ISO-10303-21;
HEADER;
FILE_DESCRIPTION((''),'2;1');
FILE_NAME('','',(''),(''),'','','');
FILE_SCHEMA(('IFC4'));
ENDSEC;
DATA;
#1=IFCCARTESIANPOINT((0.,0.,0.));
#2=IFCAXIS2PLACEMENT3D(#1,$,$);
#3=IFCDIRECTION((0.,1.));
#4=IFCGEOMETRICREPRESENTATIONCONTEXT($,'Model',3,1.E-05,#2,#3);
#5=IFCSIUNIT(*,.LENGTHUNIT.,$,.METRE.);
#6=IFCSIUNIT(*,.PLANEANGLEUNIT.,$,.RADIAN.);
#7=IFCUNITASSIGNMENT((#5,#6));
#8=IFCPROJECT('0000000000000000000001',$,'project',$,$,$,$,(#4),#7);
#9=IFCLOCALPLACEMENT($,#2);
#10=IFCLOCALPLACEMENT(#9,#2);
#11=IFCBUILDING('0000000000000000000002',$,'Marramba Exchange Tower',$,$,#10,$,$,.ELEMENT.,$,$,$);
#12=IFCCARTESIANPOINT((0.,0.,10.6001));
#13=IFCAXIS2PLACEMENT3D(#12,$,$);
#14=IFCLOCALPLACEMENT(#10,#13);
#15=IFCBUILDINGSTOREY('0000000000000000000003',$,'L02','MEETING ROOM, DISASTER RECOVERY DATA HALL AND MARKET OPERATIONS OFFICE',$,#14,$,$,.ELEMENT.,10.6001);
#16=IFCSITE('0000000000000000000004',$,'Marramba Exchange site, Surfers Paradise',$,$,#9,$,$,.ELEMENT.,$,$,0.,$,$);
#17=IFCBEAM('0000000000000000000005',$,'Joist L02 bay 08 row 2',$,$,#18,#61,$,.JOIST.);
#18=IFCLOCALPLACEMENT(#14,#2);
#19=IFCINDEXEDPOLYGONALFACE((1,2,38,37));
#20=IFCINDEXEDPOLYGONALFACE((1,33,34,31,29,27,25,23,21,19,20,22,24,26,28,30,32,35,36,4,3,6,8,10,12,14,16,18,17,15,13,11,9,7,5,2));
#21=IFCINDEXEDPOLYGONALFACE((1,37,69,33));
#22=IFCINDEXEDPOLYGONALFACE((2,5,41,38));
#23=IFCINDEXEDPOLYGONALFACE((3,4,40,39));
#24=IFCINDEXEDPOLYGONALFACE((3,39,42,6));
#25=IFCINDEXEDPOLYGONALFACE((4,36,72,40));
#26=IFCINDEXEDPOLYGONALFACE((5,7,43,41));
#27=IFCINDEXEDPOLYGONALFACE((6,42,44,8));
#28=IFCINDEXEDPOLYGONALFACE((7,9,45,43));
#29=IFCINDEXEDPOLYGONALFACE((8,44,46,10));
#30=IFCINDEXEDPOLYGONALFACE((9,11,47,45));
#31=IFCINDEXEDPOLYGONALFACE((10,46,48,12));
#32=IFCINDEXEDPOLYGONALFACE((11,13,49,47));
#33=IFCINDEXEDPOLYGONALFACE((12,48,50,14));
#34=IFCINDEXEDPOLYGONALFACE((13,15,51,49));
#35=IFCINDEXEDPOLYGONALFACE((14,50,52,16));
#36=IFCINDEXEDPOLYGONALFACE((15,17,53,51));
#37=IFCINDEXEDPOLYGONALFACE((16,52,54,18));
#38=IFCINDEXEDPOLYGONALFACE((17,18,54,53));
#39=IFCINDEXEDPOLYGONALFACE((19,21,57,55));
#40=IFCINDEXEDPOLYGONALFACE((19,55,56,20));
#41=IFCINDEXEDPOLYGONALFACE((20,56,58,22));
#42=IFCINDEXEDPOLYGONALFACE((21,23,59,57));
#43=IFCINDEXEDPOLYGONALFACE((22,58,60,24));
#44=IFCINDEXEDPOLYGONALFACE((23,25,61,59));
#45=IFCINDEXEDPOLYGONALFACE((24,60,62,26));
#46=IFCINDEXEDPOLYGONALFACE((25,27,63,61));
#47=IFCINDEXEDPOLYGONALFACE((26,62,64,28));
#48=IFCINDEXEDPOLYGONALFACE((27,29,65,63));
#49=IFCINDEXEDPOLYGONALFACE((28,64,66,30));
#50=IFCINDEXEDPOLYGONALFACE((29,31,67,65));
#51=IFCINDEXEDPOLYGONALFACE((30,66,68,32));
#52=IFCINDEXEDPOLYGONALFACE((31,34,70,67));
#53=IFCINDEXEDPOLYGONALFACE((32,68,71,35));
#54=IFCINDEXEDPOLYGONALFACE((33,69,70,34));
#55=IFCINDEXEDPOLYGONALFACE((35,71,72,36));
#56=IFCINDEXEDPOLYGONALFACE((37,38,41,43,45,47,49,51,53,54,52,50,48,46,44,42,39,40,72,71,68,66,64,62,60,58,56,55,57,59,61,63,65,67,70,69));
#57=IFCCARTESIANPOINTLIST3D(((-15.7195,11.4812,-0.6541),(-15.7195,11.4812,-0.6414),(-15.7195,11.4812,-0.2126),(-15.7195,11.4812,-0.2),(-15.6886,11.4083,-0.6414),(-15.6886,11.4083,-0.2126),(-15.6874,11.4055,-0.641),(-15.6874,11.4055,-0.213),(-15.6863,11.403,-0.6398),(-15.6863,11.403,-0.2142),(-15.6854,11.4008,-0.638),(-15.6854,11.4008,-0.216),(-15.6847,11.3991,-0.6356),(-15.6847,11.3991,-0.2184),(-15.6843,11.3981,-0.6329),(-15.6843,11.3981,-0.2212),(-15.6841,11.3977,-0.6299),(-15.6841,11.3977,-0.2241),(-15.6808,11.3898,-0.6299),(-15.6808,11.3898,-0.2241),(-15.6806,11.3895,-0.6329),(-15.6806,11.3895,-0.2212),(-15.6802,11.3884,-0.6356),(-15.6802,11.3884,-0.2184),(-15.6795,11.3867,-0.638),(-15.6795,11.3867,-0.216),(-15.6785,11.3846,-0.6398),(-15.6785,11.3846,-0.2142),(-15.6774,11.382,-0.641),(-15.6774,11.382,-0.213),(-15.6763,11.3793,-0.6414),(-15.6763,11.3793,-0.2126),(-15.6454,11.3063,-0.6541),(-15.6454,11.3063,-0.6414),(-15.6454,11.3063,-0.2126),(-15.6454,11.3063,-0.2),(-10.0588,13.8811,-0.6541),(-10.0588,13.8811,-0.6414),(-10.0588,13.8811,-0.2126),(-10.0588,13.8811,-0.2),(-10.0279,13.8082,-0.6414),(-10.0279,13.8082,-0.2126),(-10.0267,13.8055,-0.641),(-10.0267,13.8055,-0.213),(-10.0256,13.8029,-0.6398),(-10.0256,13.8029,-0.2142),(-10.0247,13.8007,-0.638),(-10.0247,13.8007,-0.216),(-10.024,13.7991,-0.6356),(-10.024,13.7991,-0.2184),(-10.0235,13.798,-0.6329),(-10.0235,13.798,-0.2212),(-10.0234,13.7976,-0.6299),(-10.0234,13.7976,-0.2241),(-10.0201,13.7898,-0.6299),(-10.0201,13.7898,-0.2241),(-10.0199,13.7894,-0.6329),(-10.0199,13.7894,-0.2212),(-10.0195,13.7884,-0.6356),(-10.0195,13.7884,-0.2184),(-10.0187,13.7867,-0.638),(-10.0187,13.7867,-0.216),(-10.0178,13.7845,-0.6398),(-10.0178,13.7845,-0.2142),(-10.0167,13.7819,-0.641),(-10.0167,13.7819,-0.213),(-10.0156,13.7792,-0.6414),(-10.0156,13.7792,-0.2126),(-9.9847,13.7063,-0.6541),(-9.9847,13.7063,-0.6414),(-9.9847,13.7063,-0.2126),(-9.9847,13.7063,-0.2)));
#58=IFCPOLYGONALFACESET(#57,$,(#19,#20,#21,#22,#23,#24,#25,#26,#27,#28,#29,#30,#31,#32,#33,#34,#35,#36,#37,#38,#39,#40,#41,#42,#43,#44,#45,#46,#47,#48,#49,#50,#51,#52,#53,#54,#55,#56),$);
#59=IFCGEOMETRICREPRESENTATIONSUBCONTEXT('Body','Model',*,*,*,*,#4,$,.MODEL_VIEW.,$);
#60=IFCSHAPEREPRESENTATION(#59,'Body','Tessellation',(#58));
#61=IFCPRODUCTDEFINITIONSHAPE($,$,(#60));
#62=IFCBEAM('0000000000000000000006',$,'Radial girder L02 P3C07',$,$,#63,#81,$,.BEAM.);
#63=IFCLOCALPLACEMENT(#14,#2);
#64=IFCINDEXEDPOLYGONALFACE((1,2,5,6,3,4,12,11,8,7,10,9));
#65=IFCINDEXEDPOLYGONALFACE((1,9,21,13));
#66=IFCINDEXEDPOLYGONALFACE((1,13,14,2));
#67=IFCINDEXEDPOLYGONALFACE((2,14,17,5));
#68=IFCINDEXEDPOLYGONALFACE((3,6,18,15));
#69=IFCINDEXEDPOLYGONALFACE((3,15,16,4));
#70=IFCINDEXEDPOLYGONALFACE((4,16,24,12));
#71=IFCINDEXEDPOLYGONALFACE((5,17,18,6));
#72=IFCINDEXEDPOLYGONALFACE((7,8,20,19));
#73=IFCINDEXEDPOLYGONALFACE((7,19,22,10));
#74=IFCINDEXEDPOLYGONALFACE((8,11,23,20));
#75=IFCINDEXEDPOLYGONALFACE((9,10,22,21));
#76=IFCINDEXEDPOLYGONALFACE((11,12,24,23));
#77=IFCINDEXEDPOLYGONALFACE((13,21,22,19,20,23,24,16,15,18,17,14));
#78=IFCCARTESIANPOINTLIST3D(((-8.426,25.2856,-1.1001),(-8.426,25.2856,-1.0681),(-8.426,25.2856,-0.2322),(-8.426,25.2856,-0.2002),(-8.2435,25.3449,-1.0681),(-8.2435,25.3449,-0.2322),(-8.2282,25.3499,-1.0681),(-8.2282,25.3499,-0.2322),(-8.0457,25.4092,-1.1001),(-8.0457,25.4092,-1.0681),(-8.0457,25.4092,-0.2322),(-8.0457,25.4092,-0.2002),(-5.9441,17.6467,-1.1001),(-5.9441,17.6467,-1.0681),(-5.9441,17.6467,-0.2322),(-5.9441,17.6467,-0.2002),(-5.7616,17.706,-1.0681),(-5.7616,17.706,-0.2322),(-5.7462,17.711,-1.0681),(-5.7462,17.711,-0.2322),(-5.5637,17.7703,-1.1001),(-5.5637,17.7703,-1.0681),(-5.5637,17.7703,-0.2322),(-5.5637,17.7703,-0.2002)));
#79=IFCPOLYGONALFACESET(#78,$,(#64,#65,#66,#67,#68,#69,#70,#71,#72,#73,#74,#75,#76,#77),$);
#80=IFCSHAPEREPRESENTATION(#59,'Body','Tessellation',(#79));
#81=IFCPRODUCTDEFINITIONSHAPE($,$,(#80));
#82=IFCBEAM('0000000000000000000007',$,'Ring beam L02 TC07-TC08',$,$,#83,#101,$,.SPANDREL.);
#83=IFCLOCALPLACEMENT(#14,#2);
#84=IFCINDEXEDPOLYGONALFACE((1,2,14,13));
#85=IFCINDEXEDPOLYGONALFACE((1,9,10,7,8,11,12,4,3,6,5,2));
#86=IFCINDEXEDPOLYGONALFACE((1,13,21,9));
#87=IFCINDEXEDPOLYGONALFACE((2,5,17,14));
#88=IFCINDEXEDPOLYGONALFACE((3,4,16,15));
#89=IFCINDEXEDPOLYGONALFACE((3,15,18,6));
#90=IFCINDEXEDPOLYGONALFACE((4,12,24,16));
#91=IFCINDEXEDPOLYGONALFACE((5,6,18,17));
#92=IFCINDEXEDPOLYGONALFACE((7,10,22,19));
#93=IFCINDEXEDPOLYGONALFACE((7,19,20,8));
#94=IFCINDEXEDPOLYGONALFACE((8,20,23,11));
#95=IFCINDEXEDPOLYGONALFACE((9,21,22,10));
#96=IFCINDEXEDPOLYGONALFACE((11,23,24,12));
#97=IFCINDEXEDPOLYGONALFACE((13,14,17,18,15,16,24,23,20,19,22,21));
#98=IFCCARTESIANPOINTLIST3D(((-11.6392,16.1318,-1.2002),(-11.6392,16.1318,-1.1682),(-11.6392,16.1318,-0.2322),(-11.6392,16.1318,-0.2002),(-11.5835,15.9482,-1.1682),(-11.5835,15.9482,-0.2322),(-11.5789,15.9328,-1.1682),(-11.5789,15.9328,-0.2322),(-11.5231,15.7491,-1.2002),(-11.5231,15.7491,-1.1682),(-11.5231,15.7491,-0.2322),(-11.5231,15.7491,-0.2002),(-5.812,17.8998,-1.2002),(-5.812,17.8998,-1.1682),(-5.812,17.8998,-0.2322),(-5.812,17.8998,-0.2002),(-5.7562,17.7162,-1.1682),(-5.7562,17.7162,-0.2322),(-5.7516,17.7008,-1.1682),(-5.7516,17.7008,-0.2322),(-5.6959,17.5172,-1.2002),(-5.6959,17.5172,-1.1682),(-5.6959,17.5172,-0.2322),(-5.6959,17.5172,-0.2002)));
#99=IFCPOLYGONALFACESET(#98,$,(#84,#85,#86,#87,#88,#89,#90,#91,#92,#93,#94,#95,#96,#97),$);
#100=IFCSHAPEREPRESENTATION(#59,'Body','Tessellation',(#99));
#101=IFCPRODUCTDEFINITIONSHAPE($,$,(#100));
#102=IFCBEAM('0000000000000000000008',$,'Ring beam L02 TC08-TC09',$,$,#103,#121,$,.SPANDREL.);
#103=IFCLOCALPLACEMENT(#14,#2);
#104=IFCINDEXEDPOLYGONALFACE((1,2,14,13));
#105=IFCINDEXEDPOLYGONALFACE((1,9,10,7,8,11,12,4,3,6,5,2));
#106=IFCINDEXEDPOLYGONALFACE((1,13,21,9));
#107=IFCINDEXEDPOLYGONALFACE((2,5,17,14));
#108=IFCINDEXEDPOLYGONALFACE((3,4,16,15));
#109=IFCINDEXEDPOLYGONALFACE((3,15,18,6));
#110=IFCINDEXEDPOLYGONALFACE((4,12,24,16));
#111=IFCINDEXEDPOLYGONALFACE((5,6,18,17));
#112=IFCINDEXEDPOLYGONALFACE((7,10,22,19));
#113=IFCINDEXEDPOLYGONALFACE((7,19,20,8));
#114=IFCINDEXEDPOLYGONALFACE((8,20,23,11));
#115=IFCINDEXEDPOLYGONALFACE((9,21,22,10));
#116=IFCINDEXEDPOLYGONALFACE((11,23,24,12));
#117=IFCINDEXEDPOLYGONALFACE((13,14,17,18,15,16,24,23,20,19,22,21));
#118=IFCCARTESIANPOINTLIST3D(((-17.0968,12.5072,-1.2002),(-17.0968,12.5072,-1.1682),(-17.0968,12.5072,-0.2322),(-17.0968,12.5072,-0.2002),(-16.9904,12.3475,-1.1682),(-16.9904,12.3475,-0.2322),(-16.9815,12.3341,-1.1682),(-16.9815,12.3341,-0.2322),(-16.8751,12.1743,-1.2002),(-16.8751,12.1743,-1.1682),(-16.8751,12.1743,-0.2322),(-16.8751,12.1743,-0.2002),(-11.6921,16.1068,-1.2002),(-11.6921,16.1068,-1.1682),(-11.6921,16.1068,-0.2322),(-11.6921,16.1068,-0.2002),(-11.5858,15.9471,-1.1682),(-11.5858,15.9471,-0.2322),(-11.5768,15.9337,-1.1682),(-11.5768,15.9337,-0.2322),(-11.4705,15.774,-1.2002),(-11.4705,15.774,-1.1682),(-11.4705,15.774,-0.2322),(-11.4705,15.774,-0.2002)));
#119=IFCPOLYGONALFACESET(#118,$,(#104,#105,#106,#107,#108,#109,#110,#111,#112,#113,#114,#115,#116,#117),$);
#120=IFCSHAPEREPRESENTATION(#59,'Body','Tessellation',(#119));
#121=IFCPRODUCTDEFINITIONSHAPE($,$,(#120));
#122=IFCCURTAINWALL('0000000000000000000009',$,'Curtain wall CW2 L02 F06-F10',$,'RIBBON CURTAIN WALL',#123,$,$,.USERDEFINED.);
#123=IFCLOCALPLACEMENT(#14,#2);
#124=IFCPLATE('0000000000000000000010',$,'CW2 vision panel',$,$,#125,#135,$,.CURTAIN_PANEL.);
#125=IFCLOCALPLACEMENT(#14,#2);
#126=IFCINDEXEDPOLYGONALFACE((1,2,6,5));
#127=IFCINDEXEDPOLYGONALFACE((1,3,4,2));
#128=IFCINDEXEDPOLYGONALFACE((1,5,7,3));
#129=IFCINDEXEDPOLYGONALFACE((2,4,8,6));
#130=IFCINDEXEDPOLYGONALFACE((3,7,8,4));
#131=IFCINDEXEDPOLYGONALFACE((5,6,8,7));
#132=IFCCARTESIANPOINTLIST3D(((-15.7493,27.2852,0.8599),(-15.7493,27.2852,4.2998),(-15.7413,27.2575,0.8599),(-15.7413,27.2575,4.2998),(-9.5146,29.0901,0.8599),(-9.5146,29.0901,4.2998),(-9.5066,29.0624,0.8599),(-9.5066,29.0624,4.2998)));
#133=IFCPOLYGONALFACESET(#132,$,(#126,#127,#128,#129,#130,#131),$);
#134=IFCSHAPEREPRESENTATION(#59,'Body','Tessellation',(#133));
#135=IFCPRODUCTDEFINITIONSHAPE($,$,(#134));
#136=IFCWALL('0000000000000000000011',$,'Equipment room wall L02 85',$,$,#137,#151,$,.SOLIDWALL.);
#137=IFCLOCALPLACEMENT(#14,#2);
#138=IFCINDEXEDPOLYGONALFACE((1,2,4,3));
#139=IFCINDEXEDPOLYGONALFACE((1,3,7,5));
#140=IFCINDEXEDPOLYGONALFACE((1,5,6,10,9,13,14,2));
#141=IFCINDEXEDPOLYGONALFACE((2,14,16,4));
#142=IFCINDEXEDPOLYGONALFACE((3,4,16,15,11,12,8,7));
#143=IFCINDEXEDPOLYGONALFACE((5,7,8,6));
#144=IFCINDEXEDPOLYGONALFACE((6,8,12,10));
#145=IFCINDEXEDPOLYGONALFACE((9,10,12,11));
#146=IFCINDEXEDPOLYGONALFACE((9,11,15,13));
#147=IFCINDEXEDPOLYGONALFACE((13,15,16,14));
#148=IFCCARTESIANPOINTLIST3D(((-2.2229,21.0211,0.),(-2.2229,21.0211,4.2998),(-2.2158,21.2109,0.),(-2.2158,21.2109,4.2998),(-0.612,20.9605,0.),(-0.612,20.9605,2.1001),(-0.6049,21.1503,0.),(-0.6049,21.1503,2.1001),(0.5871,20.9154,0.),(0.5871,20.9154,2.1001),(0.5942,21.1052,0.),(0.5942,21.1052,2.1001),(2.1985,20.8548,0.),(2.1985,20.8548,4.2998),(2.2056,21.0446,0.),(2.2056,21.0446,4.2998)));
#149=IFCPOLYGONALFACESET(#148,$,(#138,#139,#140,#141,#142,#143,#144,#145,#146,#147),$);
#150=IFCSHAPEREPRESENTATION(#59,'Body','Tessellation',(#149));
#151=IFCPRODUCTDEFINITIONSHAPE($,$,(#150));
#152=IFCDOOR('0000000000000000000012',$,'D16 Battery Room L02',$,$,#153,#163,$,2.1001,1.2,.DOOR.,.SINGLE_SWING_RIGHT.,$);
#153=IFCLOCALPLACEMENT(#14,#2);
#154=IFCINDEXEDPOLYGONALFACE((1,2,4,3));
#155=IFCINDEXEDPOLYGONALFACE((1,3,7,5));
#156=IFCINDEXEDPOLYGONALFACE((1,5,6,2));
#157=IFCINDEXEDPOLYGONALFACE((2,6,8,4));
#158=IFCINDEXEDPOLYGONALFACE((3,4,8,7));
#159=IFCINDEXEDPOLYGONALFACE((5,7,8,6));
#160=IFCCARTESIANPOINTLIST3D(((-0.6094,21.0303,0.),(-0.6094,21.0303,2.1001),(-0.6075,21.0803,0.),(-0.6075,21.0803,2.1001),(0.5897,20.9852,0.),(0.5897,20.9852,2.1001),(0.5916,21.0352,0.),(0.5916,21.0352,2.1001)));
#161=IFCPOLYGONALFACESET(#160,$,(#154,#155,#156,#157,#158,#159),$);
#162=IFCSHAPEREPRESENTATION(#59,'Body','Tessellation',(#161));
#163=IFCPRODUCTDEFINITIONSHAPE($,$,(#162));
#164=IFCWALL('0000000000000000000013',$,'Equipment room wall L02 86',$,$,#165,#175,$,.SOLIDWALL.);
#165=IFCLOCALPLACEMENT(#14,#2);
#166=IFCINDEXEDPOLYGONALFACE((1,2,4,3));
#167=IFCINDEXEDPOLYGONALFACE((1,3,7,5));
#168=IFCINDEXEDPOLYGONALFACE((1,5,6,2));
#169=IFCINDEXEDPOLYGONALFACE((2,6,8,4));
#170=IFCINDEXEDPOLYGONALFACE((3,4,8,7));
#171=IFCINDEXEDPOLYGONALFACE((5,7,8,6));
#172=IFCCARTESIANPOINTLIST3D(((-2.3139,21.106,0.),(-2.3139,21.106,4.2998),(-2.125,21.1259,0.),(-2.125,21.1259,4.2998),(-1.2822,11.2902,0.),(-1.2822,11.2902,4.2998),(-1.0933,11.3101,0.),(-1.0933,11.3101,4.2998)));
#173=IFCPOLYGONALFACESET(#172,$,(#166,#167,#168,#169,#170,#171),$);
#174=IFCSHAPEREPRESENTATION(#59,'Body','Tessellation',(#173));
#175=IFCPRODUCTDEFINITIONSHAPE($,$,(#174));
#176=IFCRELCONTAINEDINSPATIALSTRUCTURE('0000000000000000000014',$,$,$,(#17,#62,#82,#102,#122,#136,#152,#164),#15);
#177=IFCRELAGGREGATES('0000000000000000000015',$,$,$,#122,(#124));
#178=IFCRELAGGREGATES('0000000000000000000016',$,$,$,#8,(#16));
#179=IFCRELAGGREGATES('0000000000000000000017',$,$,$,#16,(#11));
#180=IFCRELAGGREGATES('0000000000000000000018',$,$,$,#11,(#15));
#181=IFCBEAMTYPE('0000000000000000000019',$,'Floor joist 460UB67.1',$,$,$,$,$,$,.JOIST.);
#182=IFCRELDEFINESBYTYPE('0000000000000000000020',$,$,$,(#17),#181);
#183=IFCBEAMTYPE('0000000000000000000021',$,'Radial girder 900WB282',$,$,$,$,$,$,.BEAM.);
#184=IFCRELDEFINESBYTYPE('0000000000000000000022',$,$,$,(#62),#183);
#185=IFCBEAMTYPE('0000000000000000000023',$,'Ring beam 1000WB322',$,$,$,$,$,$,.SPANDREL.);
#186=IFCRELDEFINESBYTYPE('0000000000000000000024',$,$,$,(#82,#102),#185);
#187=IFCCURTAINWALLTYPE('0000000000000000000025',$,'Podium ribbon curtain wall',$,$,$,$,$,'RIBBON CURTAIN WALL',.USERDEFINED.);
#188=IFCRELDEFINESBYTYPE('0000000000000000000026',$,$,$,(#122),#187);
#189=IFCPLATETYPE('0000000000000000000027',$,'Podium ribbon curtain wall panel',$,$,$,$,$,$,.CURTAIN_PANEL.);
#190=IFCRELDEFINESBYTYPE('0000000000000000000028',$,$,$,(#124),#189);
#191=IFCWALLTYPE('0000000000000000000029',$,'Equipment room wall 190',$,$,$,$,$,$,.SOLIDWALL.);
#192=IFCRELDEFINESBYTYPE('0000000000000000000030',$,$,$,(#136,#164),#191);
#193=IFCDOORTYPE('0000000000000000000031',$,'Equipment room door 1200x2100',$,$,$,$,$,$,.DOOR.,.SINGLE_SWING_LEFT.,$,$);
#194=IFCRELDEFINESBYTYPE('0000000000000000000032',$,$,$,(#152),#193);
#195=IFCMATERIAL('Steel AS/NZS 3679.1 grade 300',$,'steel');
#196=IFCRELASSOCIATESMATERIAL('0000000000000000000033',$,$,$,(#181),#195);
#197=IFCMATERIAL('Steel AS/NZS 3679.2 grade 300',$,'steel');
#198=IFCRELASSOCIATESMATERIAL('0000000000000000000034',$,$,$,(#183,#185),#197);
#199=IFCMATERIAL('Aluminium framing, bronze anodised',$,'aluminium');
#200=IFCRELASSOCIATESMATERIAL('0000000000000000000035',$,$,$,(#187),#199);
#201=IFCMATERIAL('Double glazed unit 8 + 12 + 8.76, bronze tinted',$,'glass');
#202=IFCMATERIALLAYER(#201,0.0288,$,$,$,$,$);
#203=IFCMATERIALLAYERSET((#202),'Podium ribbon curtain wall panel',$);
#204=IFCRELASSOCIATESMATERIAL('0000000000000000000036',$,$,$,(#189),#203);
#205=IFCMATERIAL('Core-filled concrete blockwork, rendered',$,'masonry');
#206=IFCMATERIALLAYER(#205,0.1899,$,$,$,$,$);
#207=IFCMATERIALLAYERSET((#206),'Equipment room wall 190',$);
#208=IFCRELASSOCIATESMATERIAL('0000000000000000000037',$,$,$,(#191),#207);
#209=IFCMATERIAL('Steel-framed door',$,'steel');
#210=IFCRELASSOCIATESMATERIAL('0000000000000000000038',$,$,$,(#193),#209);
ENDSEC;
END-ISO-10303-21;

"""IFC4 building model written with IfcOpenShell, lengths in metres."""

from ifc_helpers import new_model, si_unit, direction, frame, frame_2d, origin, origin_2d, place, context, subcontext, project, spatial, rectangle, i_section, extrude, material, layer, layer_set, material_profile, profile_set, type_object, element, fill, aggregate, save


model = new_model("IFC4")

# Units and contexts
model_context = context("Model", 3, precision=1e-05, world=origin(), true_north=direction((0.0, 1.0)))
body_context = subcontext(model_context, "Body", "Model", "MODEL_VIEW")
ifc_project = project(units=[si_unit("LENGTHUNIT", "METRE"), si_unit("PLANEANGLEUNIT", "RADIAN")], contexts=[model_context])

# Site, building, storey
site_placement = place(None, origin())
site = spatial("IfcSite", under=ifc_project, at=site_placement, Name="Marramba Exchange site, Surfers Paradise", CompositionType="ELEMENT", RefElevation=0.0)
building_placement = place(site_placement, origin())
building = spatial("IfcBuilding", under=site, at=building_placement, Name="Marramba Exchange Tower", CompositionType="ELEMENT")
storey_placement = place(building_placement, frame((0.0, 0.0, 10.6001)))
storey = spatial("IfcBuildingStorey", under=building, at=storey_placement, Name="L02", Description="MEETING ROOM, DISASTER RECOVERY DATA HALL AND MARKET OPERATIONS OFFICE", CompositionType="ELEMENT", Elevation=10.6001)

# Beams
ifc_material_1 = material(Name="Steel AS/NZS 3679.1 grade 300", Category="steel")
ifc_material_profile_1 = material_profile(ifc_material_1, i_section(OverallWidth=0.1899, OverallDepth=0.4541, WebThickness=0.0085, FlangeThickness=0.0127, FilletRadius=0.0115, at=origin_2d()), Name="460UB67.1")
ifc_profile_set_1 = profile_set([ifc_material_profile_1], Name="Steel AS/NZS 3679.1 grade 300")
beam_type_1 = type_object("IfcBeamType", Name="Floor joist 460UB67.1", PredefinedType="JOIST", material=ifc_profile_set_1)
beam_1_placement = place(storey_placement, frame((-10.0217, 13.7937, -0.427), z_axis=(-0.920674, -0.390332, 0.0), x_axis=(0.390332, -0.920674, 0.0)))
element("IfcBeam", 1, at=beam_1_placement, inside=storey, type_object=beam_type_1, Name="Joist L02 bay 08 row 2", PredefinedType="JOIST", context=body_context, shape_type="SweptSolid", body=[
    extrude(i_section(OverallWidth=0.1899, OverallDepth=0.4541, WebThickness=0.0085, FlangeThickness=0.0127, FilletRadius=0.0115, at=origin_2d()), origin(), (0.0, 0.0, 1.0), 6.1484),
])
ifc_material_2 = material(Name="Steel AS/NZS 3679.2 grade 300", Category="steel")
ifc_material_profile_2 = material_profile(ifc_material_2, i_section(OverallWidth=0.3999, OverallDepth=0.8999, WebThickness=0.0161, FlangeThickness=0.032, at=origin_2d()), Name="900WB282")
ifc_profile_set_2 = profile_set([ifc_material_profile_2], Name="Steel AS/NZS 3679.2 grade 300")
beam_type_2 = type_object("IfcBeamType", Name="Radial girder 900WB282", PredefinedType="BEAM", material=ifc_profile_set_2)
beam_2_placement = place(storey_placement, frame((-8.2358, 25.3474, -0.6501), z_axis=(0.309006, -0.95106, 0.0), x_axis=(0.95106, 0.309006, 0.0)))
element("IfcBeam", 2, at=beam_2_placement, inside=storey, type_object=beam_type_2, Name="Radial girder L02 P3C07", PredefinedType="BEAM", context=body_context, shape_type="SweptSolid", body=[
    extrude(i_section(OverallWidth=0.3999, OverallDepth=0.8999, WebThickness=0.0161, FlangeThickness=0.032, at=origin_2d()), origin(), (0.0, 0.0, 1.0), 8.032),
])
ifc_material_profile_3 = material_profile(ifc_material_2, i_section(OverallWidth=0.3999, OverallDepth=1.0, WebThickness=0.0161, FlangeThickness=0.032, at=origin_2d()), Name="1000WB322")
ifc_profile_set_3 = profile_set([ifc_material_profile_3], Name="Steel AS/NZS 3679.2 grade 300")
beam_type_3 = type_object("IfcBeamType", Name="Ring beam 1000WB322", PredefinedType="SPANDREL", material=ifc_profile_set_3)
beam_3_placement = place(storey_placement, frame((-5.7539, 17.7085, -0.7002), z_axis=(-0.956925, -0.290337, 0.0), x_axis=(0.290337, -0.956925, 0.0)))
element("IfcBeam", 3, at=beam_3_placement, inside=storey, type_object=beam_type_3, Name="Ring beam L02 TC07-TC08", PredefinedType="SPANDREL", context=body_context, shape_type="SweptSolid", body=[
    extrude(i_section(OverallWidth=0.3999, OverallDepth=1.0, WebThickness=0.0161, FlangeThickness=0.032, at=origin_2d()), origin(), (0.0, 0.0, 1.0), 6.0896),
])
beam_4_placement = place(storey_placement, frame((-11.5813, 15.9404, -0.7002), z_axis=(-0.832293, -0.554336, 0.0), x_axis=(0.554336, -0.832293, 0.0)))
element("IfcBeam", 4, at=beam_4_placement, inside=storey, type_object=beam_type_3, Name="Ring beam L02 TC08-TC09", PredefinedType="SPANDREL", context=body_context, shape_type="SweptSolid", body=[
    extrude(i_section(OverallWidth=0.3999, OverallDepth=1.0, WebThickness=0.0161, FlangeThickness=0.032, at=origin_2d()), origin(), (0.0, 0.0, 1.0), 6.4937),
])

# Curtain wall, plate
ifc_material_3 = material(Name="Aluminium framing, bronze anodised", Category="aluminium")
curtain_wall_type = type_object("IfcCurtainWallType", Name="Podium ribbon curtain wall", ElementType="RIBBON CURTAIN WALL", PredefinedType="USERDEFINED", material=ifc_material_3)
curtain_wall_placement = place(storey_placement, origin())
curtain_wall = element("IfcCurtainWall", 5, at=curtain_wall_placement, inside=storey, type_object=curtain_wall_type, Name="Curtain wall CW2 L02 F06-F10", ObjectType="RIBBON CURTAIN WALL", PredefinedType="USERDEFINED")
ifc_material_4 = material(Name="Double glazed unit 8 + 12 + 8.76, bronze tinted", Category="glass")
ifc_layer_1 = layer(ifc_material_4, 0.0288)
ifc_layer_set_1 = layer_set([ifc_layer_1], Name="Podium ribbon curtain wall panel")
plate_type = type_object("IfcPlateType", Name="Podium ribbon curtain wall panel", PredefinedType="CURTAIN_PANEL", material=ifc_layer_set_1)
plate_placement = place(storey_placement, frame((-12.6279, 28.1738, 0.8599), z_axis=(0.0, 0.0, 1.0), x_axis=(-0.960559, -0.278075, 0.0)))
plate = element("IfcPlate", 6, at=plate_placement, type_object=plate_type, Name="CW2 vision panel", PredefinedType="CURTAIN_PANEL", context=body_context, shape_type="SweptSolid", body=[
    extrude(rectangle(XDim=6.4907, YDim=0.0288, at=origin_2d()), origin(), (0.0, 0.0, 1.0), 3.4399),
])
aggregate(curtain_wall, [plate])

# Wall, opening, door
ifc_material_5 = material(Name="Core-filled concrete blockwork, rendered", Category="masonry")
ifc_layer_2 = layer(ifc_material_5, 0.1899)
ifc_layer_set_2 = layer_set([ifc_layer_2], Name="Equipment room wall 190")
wall_type_1 = type_object("IfcWallType", Name="Equipment room wall 190", PredefinedType="SOLIDWALL", material=ifc_layer_set_2)
wall_1_placement = place(storey_placement, frame((-2.2195, 21.116, 0.0), z_axis=(0.0, 0.0, 1.0), x_axis=(0.999294, -0.037577, 0.0)))
wall_1 = element("IfcWall", 7, at=wall_1_placement, inside=storey, type_object=wall_type_1, Name="Equipment room wall L02 85", PredefinedType="SOLIDWALL", context=body_context, shape_type="SweptSolid", body=[
    extrude(rectangle(XDim=4.4246, YDim=0.1899, at=frame_2d((2.2124, 0.0))), origin(), (0.0, 0.0, 1.0), 4.2998),
])
opening_1_placement = place(wall_1_placement, frame((1.6121, 0.0, 0.0)))
opening_1 = element("IfcOpeningElement", 8, at=opening_1_placement, cuts=wall_1, PredefinedType="OPENING", context=body_context, shape_type="SweptSolid", body=[
    extrude(rectangle(XDim=1.2, YDim=2.1001, at=frame_2d((0.6001, 1.05))), frame((0.0, 0.105, 0.0), z_axis=(0.0, -1.0, 0.0), x_axis=(1.0, 0.0, 0.0)), (0.0, 0.0, 1.0), 0.21),
])
ifc_material_6 = material(Name="Steel-framed door", Category="steel")
door_type = type_object("IfcDoorType", Name="Equipment room door 1200x2100", OperationType="SINGLE_SWING_LEFT", PredefinedType="DOOR", material=ifc_material_6)
door_1_placement = place(opening_1_placement, frame((1.2, 0.0, 0.0), z_axis=(0.0, 0.0, 1.0), x_axis=(-1.0, 0.0, 0.0)))
door_1 = element("IfcDoor", 9, at=door_1_placement, inside=storey, type_object=door_type, Name="D16 Battery Room L02", OperationType="SINGLE_SWING_RIGHT", OverallHeight=2.1001, OverallWidth=1.2, PredefinedType="DOOR", context=body_context, shape_type="SweptSolid", body=[
    extrude(rectangle(XDim=1.2, YDim=2.1001, at=frame_2d((0.5999, 1.05))), frame((0.0, 0.0251, 0.0), z_axis=(0.0, -1.0, 0.0), x_axis=(1.0, 0.0, 0.0)), (0.0, 0.0, 1.0), 0.05),
])
fill(opening_1, door_1)

# Wall
wall_2_placement = place(storey_placement, frame((-1.1877, 11.3, 0.0), z_axis=(0.0, 0.0, 1.0), x_axis=(-0.104533, 0.994521, 0.0)))
element("IfcWall", 10, at=wall_2_placement, inside=storey, type_object=wall_type_1, Name="Equipment room wall L02 86", PredefinedType="SOLIDWALL", context=body_context, shape_type="SweptSolid", body=[
    extrude(rectangle(XDim=9.8699, YDim=0.1899, at=frame_2d((4.9351, 0.0))), origin(), (0.0, 0.0, 1.0), 4.2998),
])

save(model, "model.ifc")
